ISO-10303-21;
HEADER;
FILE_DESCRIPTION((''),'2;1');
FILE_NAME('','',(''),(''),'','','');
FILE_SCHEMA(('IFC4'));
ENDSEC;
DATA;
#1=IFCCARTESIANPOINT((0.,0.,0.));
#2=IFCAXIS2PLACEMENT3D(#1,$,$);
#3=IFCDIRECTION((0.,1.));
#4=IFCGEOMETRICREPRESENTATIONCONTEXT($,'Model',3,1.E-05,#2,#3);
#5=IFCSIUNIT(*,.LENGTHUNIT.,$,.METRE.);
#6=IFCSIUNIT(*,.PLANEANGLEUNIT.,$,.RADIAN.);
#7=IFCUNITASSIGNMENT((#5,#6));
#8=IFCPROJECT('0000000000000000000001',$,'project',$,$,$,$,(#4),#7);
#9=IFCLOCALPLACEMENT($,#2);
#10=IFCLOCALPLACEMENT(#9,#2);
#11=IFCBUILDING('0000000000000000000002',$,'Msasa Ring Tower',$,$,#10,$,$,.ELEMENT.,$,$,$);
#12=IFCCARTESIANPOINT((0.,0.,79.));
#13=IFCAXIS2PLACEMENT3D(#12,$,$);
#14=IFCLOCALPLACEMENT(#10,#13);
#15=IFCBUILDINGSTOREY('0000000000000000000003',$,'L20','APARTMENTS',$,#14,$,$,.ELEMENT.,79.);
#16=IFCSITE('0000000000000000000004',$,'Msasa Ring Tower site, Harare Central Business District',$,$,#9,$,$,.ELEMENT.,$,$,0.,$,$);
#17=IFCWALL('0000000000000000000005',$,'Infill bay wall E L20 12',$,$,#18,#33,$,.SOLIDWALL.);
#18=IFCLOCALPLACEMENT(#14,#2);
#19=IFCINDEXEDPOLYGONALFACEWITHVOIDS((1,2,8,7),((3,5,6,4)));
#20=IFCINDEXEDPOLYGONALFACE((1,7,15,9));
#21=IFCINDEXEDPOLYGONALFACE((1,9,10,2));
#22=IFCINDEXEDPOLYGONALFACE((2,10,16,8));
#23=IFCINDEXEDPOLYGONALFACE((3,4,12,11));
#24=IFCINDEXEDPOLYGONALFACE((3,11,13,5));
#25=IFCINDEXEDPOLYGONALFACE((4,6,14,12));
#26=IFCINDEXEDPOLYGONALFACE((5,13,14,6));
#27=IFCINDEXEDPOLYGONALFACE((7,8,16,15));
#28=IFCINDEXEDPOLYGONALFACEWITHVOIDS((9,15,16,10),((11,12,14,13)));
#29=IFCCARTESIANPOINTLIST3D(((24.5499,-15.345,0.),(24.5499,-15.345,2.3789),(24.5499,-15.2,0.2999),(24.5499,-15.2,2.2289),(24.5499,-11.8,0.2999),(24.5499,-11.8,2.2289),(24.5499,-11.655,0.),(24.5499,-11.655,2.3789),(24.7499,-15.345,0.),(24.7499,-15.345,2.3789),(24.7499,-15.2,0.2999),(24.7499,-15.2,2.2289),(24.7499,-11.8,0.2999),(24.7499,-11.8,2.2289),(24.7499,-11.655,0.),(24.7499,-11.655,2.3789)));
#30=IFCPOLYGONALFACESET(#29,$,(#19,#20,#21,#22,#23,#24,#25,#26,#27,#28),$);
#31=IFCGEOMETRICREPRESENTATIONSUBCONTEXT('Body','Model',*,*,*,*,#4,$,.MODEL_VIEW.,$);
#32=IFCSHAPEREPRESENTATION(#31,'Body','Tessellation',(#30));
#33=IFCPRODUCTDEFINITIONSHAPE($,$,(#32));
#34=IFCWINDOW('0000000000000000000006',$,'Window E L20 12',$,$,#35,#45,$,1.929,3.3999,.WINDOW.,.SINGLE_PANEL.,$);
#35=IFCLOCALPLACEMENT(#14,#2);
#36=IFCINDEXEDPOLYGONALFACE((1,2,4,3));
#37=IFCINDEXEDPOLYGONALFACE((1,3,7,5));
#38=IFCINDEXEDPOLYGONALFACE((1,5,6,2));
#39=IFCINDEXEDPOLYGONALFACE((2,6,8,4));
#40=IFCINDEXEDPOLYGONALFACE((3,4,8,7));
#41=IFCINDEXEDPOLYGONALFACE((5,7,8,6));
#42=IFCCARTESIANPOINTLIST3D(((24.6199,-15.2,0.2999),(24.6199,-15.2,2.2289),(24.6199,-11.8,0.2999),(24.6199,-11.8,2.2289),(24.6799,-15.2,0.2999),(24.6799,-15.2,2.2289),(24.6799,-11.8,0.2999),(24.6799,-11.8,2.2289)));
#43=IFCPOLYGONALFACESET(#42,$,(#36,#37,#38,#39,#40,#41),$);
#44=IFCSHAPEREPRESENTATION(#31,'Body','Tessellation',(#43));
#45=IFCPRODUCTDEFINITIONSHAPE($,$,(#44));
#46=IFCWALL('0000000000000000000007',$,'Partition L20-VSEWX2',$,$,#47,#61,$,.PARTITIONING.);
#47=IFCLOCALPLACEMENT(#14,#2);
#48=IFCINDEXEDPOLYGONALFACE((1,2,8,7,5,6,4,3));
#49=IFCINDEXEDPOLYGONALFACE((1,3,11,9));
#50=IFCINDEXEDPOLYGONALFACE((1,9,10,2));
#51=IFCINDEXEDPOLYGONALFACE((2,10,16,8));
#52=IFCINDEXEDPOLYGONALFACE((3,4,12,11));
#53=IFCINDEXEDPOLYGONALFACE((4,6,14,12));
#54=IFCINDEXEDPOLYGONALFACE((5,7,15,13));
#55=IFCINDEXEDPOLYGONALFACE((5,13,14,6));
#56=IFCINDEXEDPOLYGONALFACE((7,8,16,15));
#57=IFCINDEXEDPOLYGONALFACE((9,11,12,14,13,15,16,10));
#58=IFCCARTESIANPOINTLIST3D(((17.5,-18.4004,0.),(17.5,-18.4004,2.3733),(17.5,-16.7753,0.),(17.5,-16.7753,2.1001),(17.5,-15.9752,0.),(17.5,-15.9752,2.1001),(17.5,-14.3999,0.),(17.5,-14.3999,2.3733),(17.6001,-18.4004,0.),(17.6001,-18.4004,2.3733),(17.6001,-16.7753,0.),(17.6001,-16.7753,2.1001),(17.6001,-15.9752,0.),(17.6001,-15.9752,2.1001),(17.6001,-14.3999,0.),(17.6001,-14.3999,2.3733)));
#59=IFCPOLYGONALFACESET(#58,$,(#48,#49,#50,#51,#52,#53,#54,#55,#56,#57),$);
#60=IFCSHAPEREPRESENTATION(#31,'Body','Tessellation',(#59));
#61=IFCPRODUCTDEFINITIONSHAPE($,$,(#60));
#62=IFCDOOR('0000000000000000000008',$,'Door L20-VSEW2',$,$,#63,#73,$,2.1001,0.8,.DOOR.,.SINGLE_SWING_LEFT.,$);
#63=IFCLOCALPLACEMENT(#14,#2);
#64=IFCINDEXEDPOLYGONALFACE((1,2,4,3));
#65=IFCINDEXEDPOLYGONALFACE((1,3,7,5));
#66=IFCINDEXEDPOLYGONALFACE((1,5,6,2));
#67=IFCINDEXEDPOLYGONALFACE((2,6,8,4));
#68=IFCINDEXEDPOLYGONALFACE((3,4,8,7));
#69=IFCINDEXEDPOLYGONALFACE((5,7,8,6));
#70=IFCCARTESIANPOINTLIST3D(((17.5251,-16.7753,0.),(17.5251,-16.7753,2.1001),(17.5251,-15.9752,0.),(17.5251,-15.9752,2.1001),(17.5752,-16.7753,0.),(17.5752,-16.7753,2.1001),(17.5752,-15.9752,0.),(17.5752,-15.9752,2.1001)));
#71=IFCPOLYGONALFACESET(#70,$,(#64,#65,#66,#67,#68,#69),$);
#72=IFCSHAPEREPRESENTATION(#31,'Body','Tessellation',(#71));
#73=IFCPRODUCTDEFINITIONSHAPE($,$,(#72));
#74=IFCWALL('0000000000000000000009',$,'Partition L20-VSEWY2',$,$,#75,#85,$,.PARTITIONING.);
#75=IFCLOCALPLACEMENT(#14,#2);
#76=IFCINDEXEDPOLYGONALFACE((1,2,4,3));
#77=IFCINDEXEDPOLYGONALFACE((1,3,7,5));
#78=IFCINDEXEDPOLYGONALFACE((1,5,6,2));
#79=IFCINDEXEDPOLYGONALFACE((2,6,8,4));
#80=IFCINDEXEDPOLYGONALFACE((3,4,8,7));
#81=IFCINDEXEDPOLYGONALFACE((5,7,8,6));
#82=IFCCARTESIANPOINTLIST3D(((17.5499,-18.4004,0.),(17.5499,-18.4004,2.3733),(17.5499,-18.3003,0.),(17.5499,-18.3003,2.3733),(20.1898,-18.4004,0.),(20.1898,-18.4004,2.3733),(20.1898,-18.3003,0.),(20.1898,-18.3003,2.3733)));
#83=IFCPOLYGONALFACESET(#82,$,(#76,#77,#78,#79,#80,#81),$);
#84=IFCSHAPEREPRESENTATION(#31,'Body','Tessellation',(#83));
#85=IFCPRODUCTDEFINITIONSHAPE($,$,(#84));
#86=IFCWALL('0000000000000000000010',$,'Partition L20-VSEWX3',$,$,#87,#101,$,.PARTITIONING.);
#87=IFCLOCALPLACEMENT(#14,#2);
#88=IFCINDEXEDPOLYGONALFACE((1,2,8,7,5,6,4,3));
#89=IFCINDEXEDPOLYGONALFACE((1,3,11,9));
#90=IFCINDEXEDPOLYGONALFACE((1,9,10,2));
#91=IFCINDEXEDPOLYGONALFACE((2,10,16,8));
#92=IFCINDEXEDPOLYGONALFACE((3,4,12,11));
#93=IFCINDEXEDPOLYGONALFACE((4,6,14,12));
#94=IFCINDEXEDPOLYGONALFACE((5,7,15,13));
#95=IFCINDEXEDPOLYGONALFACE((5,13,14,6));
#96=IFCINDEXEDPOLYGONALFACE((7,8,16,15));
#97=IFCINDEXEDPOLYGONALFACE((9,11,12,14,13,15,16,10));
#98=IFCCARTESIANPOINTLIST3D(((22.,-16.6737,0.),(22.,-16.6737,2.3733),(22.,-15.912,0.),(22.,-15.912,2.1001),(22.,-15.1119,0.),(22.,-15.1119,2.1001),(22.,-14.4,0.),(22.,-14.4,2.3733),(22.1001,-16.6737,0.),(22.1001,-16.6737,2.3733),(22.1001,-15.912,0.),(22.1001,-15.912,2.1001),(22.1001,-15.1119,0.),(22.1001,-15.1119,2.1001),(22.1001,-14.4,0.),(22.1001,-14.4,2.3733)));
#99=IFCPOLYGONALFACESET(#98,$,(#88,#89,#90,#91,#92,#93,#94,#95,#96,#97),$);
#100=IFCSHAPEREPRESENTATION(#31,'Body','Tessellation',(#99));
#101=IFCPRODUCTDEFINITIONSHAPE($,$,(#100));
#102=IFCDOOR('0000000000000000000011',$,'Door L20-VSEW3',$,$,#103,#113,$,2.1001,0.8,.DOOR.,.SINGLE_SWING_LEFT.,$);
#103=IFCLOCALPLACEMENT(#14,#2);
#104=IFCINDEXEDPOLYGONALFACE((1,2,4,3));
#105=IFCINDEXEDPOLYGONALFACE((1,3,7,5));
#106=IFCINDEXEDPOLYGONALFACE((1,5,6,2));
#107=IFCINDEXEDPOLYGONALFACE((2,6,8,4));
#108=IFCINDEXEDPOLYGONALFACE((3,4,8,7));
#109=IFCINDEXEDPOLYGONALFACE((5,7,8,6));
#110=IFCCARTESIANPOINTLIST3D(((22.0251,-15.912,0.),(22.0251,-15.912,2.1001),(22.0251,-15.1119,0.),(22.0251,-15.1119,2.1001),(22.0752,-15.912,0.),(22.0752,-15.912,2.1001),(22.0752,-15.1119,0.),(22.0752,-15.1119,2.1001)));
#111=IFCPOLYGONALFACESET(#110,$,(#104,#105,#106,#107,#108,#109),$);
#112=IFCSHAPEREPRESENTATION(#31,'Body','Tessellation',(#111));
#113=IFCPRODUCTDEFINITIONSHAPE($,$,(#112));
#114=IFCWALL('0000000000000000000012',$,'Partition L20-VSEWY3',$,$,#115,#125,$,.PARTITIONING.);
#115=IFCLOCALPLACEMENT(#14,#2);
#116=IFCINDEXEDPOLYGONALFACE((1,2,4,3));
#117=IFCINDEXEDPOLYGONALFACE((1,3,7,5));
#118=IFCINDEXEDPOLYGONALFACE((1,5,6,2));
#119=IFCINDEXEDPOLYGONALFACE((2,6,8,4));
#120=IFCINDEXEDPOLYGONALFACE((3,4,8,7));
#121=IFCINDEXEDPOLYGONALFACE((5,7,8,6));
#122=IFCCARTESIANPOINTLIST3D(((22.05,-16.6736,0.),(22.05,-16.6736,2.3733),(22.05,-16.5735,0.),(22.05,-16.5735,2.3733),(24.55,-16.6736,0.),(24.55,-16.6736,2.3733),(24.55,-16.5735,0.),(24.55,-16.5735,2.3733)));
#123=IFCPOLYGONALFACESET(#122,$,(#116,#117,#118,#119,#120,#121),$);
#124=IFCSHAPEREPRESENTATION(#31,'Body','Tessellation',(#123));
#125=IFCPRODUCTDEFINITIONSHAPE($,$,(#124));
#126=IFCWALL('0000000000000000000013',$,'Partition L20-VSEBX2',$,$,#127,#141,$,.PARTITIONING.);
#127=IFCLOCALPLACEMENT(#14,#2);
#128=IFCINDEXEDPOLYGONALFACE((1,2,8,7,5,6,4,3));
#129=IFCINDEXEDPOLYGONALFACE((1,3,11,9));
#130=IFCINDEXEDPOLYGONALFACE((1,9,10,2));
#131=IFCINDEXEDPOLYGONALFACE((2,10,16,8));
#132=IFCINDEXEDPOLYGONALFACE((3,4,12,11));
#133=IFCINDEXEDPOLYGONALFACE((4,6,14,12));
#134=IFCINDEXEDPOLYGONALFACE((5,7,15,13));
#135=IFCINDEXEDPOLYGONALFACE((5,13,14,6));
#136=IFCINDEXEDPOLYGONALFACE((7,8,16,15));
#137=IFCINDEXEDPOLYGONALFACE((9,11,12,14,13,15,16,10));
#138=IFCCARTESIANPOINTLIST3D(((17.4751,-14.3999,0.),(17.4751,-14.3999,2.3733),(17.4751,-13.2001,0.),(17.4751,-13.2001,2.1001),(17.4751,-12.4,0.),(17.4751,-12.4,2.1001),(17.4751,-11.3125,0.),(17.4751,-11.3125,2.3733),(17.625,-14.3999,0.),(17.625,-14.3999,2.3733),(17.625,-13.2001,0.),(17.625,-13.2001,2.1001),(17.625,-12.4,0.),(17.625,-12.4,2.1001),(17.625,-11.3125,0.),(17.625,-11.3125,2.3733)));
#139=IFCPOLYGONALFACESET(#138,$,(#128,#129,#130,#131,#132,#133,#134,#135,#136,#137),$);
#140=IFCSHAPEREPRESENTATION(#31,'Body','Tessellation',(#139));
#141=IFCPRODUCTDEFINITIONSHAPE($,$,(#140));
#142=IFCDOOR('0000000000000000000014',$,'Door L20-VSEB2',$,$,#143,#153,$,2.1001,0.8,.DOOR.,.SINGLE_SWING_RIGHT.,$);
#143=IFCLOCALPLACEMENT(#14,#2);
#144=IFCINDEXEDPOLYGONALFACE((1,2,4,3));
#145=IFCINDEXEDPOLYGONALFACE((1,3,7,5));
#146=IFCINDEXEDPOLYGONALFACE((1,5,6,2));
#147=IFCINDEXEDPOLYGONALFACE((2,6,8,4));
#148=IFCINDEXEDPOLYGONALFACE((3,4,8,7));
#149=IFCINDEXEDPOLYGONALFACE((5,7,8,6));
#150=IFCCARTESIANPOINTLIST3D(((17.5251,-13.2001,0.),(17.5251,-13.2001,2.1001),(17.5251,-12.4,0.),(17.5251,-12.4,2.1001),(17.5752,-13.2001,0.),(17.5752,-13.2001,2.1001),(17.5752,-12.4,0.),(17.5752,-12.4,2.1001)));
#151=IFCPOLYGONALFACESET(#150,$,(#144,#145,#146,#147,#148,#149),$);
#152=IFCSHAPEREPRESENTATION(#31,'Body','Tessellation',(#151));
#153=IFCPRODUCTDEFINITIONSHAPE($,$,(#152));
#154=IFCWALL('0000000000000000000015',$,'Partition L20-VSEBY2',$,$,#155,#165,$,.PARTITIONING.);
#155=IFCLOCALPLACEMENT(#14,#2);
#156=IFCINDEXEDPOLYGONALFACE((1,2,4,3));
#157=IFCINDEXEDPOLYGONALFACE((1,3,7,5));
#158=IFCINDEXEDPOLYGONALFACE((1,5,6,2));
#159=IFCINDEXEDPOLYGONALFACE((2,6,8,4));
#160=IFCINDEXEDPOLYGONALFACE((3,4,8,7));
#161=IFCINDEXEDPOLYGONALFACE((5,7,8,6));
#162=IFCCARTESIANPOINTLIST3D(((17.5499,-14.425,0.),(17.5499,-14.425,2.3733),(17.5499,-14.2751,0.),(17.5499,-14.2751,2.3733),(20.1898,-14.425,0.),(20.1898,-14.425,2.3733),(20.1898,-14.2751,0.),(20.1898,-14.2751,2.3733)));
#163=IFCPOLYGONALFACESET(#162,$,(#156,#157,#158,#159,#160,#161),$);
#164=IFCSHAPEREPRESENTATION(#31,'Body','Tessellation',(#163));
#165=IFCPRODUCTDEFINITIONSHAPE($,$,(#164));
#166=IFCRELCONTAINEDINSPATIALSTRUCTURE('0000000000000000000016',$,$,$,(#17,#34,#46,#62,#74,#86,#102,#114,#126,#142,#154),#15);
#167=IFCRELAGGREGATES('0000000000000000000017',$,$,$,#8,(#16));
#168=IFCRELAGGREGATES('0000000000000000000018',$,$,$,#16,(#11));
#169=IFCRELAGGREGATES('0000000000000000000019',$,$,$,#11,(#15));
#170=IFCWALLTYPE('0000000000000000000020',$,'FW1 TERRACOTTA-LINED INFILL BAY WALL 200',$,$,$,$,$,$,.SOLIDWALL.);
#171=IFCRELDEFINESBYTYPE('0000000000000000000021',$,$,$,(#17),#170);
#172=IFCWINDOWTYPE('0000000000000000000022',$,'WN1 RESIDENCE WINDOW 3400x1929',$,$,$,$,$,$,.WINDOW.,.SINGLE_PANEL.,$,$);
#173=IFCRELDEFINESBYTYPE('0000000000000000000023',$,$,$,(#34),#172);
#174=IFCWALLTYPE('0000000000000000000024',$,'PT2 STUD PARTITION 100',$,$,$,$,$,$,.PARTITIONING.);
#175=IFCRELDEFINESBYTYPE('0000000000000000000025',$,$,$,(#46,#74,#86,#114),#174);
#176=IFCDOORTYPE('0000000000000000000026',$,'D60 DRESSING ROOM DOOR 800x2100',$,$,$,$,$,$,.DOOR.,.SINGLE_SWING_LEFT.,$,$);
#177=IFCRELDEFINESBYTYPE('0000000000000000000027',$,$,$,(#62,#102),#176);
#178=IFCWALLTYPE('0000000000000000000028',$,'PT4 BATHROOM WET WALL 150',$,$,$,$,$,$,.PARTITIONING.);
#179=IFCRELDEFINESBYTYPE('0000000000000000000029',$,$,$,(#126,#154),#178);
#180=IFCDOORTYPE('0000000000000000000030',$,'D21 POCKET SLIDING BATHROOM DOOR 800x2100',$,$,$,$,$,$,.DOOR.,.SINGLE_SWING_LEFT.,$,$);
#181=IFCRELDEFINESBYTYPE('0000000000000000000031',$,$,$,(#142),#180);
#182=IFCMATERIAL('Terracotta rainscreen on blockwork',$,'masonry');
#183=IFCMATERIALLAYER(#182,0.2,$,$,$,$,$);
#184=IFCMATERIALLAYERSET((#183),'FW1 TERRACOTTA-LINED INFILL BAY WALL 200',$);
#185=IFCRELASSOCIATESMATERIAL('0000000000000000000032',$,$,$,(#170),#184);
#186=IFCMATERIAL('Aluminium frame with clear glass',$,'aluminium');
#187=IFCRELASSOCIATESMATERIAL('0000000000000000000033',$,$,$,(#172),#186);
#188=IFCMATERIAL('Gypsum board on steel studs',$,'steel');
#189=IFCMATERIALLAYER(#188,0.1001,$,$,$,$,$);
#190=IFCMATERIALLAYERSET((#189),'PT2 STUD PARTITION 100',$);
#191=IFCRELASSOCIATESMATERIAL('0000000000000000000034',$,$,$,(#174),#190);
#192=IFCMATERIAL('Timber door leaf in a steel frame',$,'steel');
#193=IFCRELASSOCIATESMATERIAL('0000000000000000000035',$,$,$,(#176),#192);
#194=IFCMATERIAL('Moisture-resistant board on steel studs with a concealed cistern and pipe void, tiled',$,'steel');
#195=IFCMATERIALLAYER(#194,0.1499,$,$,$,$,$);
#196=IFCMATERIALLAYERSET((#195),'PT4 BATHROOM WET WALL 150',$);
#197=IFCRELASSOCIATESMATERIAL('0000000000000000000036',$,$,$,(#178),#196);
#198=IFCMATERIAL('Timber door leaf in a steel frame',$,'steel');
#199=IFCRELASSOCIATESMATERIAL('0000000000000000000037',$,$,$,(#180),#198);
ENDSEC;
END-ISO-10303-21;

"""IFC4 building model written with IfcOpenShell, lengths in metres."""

from ifc_helpers import new_model, si_unit, direction, frame, frame_2d, origin, place, context, subcontext, project, spatial, rectangle, extrude, material, layer, layer_set, type_object, element, fill, save


model = new_model("IFC4")

# Units and contexts
model_context = context("Model", 3, precision=1e-05, world=origin(), true_north=direction((0.0, 1.0)))
body_context = subcontext(model_context, "Body", "Model", "MODEL_VIEW")
ifc_project = project(units=[si_unit("LENGTHUNIT", "METRE"), si_unit("PLANEANGLEUNIT", "RADIAN")], contexts=[model_context])

# Site, building, storey
site_placement = place(None, origin())
site = spatial("IfcSite", under=ifc_project, at=site_placement, Name="Msasa Ring Tower site, Harare Central Business District", CompositionType="ELEMENT", RefElevation=0.0)
building_placement = place(site_placement, origin())
building = spatial("IfcBuilding", under=site, at=building_placement, Name="Msasa Ring Tower", CompositionType="ELEMENT")
storey_placement = place(building_placement, frame((0.0, 0.0, 79.0)))
storey = spatial("IfcBuildingStorey", under=building, at=storey_placement, Name="L20", Description="APARTMENTS", CompositionType="ELEMENT", Elevation=79.0)

# Wall, opening, window
ifc_material_1 = material(Name="Terracotta rainscreen on blockwork", Category="masonry")
ifc_layer_1 = layer(ifc_material_1, 0.2)
ifc_layer_set_1 = layer_set([ifc_layer_1], Name="FW1 TERRACOTTA-LINED INFILL BAY WALL 200")
wall_type_1 = type_object("IfcWallType", Name="FW1 TERRACOTTA-LINED INFILL BAY WALL 200", PredefinedType="SOLIDWALL", material=ifc_layer_set_1)
ifc_material_2 = material(Name="Aluminium frame with clear glass", Category="aluminium")
window_type = type_object("IfcWindowType", Name="WN1 RESIDENCE WINDOW 3400x1929", PartitioningType="SINGLE_PANEL", PredefinedType="WINDOW", material=ifc_material_2)
wall_1_placement = place(storey_placement, frame((24.6499, -15.345, 0.0), z_axis=(0.0, 0.0, 1.0), x_axis=(0.0, 1.0, 0.0)))
wall_1 = element("IfcWall", 1, at=wall_1_placement, inside=storey, type_object=wall_type_1, Name="Infill bay wall E L20 12", PredefinedType="SOLIDWALL", context=body_context, shape_type="SweptSolid", body=[
    extrude(rectangle(XDim=3.6899, YDim=0.2, at=frame_2d((1.845, 0.0))), origin(), (0.0, 0.0, 1.0), 2.3789),
])
opening_1_placement = place(wall_1_placement, frame((0.145, 0.0, 0.3)))
opening_1 = element("IfcOpeningElement", 2, at=opening_1_placement, cuts=wall_1, PredefinedType="OPENING", context=body_context, shape_type="SweptSolid", body=[
    extrude(rectangle(XDim=3.3999, YDim=1.929, at=frame_2d((1.7, 0.9644))), frame((0.0, 0.1099, 0.0), z_axis=(0.0, -1.0, 0.0), x_axis=(1.0, 0.0, 0.0)), (0.0, 0.0, 1.0), 0.22),
])
window_1_placement = place(opening_1_placement, origin())
window_1 = element("IfcWindow", 3, at=window_1_placement, inside=storey, type_object=window_type, Name="Window E L20 12", OverallHeight=1.929, OverallWidth=3.3999, PartitioningType="SINGLE_PANEL", PredefinedType="WINDOW", context=body_context, shape_type="SweptSolid", body=[
    extrude(rectangle(XDim=3.3999, YDim=1.929, at=frame_2d((1.7, 0.9644))), frame((0.0, 0.03, 0.0), z_axis=(0.0, -1.0, 0.0), x_axis=(1.0, 0.0, 0.0)), (0.0, 0.0, 1.0), 0.0601),
])
fill(opening_1, window_1)

# Wall, opening, door
ifc_material_3 = material(Name="Gypsum board on steel studs", Category="steel")
ifc_layer_2 = layer(ifc_material_3, 0.1001)
ifc_layer_set_2 = layer_set([ifc_layer_2], Name="PT2 STUD PARTITION 100")
wall_type_2 = type_object("IfcWallType", Name="PT2 STUD PARTITION 100", PredefinedType="PARTITIONING", material=ifc_layer_set_2)
wall_2_placement = place(storey_placement, frame((17.55, -18.4004, 0.0), z_axis=(0.0, 0.0, 1.0), x_axis=(0.0, 1.0, 0.0)))
wall_2 = element("IfcWall", 4, at=wall_2_placement, inside=storey, type_object=wall_type_2, Name="Partition L20-VSEWX2", PredefinedType="PARTITIONING", context=body_context, shape_type="SweptSolid", body=[
    extrude(rectangle(XDim=4.0005, YDim=0.1001, at=frame_2d((2.0002, 0.0))), origin(), (0.0, 0.0, 1.0), 2.3733),
])
opening_2_placement = place(wall_2_placement, frame((1.6252, 0.0, 0.0)))
opening_2 = element("IfcOpeningElement", 5, at=opening_2_placement, cuts=wall_2, PredefinedType="OPENING", context=body_context, shape_type="SweptSolid", body=[
    extrude(rectangle(XDim=0.8, YDim=2.1001, at=frame_2d((0.3999, 1.05))), frame((0.0, 0.0601, 0.0), z_axis=(0.0, -1.0, 0.0), x_axis=(1.0, 0.0, 0.0)), (0.0, 0.0, 1.0), 0.1201),
])
ifc_material_4 = material(Name="Timber door leaf in a steel frame", Category="steel")
door_type_1 = type_object("IfcDoorType", Name="D60 DRESSING ROOM DOOR 800x2100", OperationType="SINGLE_SWING_LEFT", PredefinedType="DOOR", material=ifc_material_4)
door_1_placement = place(opening_2_placement, origin())
door_1 = element("IfcDoor", 6, at=door_1_placement, inside=storey, type_object=door_type_1, Name="Door L20-VSEW2", OperationType="SINGLE_SWING_LEFT", OverallHeight=2.1001, OverallWidth=0.8, PredefinedType="DOOR", context=body_context, shape_type="SweptSolid", body=[
    extrude(rectangle(XDim=0.8, YDim=2.1001, at=frame_2d((0.3999, 1.05))), frame((0.0, 0.0249, 0.0), z_axis=(0.0, -1.0, 0.0), x_axis=(1.0, 0.0, 0.0)), (0.0, 0.0, 1.0), 0.05),
])
fill(opening_2, door_1)

# Wall
wall_3_placement = place(storey_placement, frame((17.55, -18.3503, 0.0), z_axis=(0.0, 0.0, 1.0), x_axis=(1.0, 0.0, 0.0)))
element("IfcWall", 7, at=wall_3_placement, inside=storey, type_object=wall_type_2, Name="Partition L20-VSEWY2", PredefinedType="PARTITIONING", context=body_context, shape_type="SweptSolid", body=[
    extrude(rectangle(XDim=2.6399, YDim=0.1001, at=frame_2d((1.3198, 0.0))), origin(), (0.0, 0.0, 1.0), 2.3733),
])

# Wall, opening, door
wall_4_placement = place(storey_placement, frame((22.05, -16.6736, 0.0), z_axis=(0.0, 0.0, 1.0), x_axis=(0.0, 1.0, 0.0)))
wall_4 = element("IfcWall", 8, at=wall_4_placement, inside=storey, type_object=wall_type_2, Name="Partition L20-VSEWX3", PredefinedType="PARTITIONING", context=body_context, shape_type="SweptSolid", body=[
    extrude(rectangle(XDim=2.2737, YDim=0.1001, at=frame_2d((1.1367, 0.0))), origin(), (0.0, 0.0, 1.0), 2.3733),
])
opening_3_placement = place(wall_4_placement, frame((0.7617, 0.0, 0.0)))
opening_3 = element("IfcOpeningElement", 9, at=opening_3_placement, cuts=wall_4, PredefinedType="OPENING", context=body_context, shape_type="SweptSolid", body=[
    extrude(rectangle(XDim=0.8, YDim=2.1001, at=frame_2d((0.3999, 1.05))), frame((0.0, 0.0601, 0.0), z_axis=(0.0, -1.0, 0.0), x_axis=(1.0, 0.0, 0.0)), (0.0, 0.0, 1.0), 0.1201),
])
door_2_placement = place(opening_3_placement, origin())
door_2 = element("IfcDoor", 10, at=door_2_placement, inside=storey, type_object=door_type_1, Name="Door L20-VSEW3", OperationType="SINGLE_SWING_LEFT", OverallHeight=2.1001, OverallWidth=0.8, PredefinedType="DOOR", context=body_context, shape_type="SweptSolid", body=[
    extrude(rectangle(XDim=0.8, YDim=2.1001, at=frame_2d((0.3999, 1.05))), frame((0.0, 0.0249, 0.0), z_axis=(0.0, -1.0, 0.0), x_axis=(1.0, 0.0, 0.0)), (0.0, 0.0, 1.0), 0.05),
])
fill(opening_3, door_2)

# Wall
wall_5_placement = place(storey_placement, frame((22.05, -16.6235, 0.0), z_axis=(0.0, 0.0, 1.0), x_axis=(1.0, 0.0, 0.0)))
element("IfcWall", 11, at=wall_5_placement, inside=storey, type_object=wall_type_2, Name="Partition L20-VSEWY3", PredefinedType="PARTITIONING", context=body_context, shape_type="SweptSolid", body=[
    extrude(rectangle(XDim=2.5, YDim=0.1001, at=frame_2d((1.25, 0.0))), origin(), (0.0, 0.0, 1.0), 2.3733),
])

# Wall, opening, door
ifc_material_5 = material(Name="Moisture-resistant board on steel studs with a concealed cistern and pipe void, tiled", Category="steel")
ifc_layer_3 = layer(ifc_material_5, 0.1499)
ifc_layer_set_3 = layer_set([ifc_layer_3], Name="PT4 BATHROOM WET WALL 150")
wall_type_3 = type_object("IfcWallType", Name="PT4 BATHROOM WET WALL 150", PredefinedType="PARTITIONING", material=ifc_layer_set_3)
wall_6_placement = place(storey_placement, frame((17.55, -14.3999, 0.0), z_axis=(0.0, 0.0, 1.0), x_axis=(0.0, 1.0, 0.0)))
wall_6 = element("IfcWall", 12, at=wall_6_placement, inside=storey, type_object=wall_type_3, Name="Partition L20-VSEBX2", PredefinedType="PARTITIONING", context=body_context, shape_type="SweptSolid", body=[
    extrude(rectangle(XDim=3.0874, YDim=0.1499, at=frame_2d((1.5437, 0.0))), origin(), (0.0, 0.0, 1.0), 2.3733),
])
opening_4_placement = place(wall_6_placement, frame((1.2, 0.0, 0.0)))
opening_4 = element("IfcOpeningElement", 13, at=opening_4_placement, cuts=wall_6, PredefinedType="OPENING", context=body_context, shape_type="SweptSolid", body=[
    extrude(rectangle(XDim=0.8, YDim=2.1001, at=frame_2d((0.3999, 1.05))), frame((0.0, 0.085, 0.0), z_axis=(0.0, -1.0, 0.0), x_axis=(1.0, 0.0, 0.0)), (0.0, 0.0, 1.0), 0.1699),
])
ifc_material_6 = material(Name="Timber door leaf in a steel frame", Category="steel")
door_type_2 = type_object("IfcDoorType", Name="D21 POCKET SLIDING BATHROOM DOOR 800x2100", OperationType="SINGLE_SWING_LEFT", PredefinedType="DOOR", material=ifc_material_6)
door_3_placement = place(opening_4_placement, origin())
door_3 = element("IfcDoor", 14, at=door_3_placement, inside=storey, type_object=door_type_2, Name="Door L20-VSEB2", OperationType="SINGLE_SWING_RIGHT", OverallHeight=2.1001, OverallWidth=0.8, PredefinedType="DOOR", context=body_context, shape_type="SweptSolid", body=[
    extrude(rectangle(XDim=0.8, YDim=2.1001, at=frame_2d((0.3999, 1.05))), frame((0.0, 0.0249, 0.0), z_axis=(0.0, -1.0, 0.0), x_axis=(1.0, 0.0, 0.0)), (0.0, 0.0, 1.0), 0.05),
])
fill(opening_4, door_3)

# Wall
wall_7_placement = place(storey_placement, frame((17.55, -14.3501, 0.0), z_axis=(0.0, 0.0, 1.0), x_axis=(1.0, 0.0, 0.0)))
element("IfcWall", 15, at=wall_7_placement, inside=storey, type_object=wall_type_3, Name="Partition L20-VSEBY2", PredefinedType="PARTITIONING", context=body_context, shape_type="SweptSolid", body=[
    extrude(rectangle(XDim=2.6399, YDim=0.1499, at=frame_2d((1.3198, 0.0))), origin(), (0.0, 0.0, 1.0), 2.3733),
])

save(model, "model.ifc")
